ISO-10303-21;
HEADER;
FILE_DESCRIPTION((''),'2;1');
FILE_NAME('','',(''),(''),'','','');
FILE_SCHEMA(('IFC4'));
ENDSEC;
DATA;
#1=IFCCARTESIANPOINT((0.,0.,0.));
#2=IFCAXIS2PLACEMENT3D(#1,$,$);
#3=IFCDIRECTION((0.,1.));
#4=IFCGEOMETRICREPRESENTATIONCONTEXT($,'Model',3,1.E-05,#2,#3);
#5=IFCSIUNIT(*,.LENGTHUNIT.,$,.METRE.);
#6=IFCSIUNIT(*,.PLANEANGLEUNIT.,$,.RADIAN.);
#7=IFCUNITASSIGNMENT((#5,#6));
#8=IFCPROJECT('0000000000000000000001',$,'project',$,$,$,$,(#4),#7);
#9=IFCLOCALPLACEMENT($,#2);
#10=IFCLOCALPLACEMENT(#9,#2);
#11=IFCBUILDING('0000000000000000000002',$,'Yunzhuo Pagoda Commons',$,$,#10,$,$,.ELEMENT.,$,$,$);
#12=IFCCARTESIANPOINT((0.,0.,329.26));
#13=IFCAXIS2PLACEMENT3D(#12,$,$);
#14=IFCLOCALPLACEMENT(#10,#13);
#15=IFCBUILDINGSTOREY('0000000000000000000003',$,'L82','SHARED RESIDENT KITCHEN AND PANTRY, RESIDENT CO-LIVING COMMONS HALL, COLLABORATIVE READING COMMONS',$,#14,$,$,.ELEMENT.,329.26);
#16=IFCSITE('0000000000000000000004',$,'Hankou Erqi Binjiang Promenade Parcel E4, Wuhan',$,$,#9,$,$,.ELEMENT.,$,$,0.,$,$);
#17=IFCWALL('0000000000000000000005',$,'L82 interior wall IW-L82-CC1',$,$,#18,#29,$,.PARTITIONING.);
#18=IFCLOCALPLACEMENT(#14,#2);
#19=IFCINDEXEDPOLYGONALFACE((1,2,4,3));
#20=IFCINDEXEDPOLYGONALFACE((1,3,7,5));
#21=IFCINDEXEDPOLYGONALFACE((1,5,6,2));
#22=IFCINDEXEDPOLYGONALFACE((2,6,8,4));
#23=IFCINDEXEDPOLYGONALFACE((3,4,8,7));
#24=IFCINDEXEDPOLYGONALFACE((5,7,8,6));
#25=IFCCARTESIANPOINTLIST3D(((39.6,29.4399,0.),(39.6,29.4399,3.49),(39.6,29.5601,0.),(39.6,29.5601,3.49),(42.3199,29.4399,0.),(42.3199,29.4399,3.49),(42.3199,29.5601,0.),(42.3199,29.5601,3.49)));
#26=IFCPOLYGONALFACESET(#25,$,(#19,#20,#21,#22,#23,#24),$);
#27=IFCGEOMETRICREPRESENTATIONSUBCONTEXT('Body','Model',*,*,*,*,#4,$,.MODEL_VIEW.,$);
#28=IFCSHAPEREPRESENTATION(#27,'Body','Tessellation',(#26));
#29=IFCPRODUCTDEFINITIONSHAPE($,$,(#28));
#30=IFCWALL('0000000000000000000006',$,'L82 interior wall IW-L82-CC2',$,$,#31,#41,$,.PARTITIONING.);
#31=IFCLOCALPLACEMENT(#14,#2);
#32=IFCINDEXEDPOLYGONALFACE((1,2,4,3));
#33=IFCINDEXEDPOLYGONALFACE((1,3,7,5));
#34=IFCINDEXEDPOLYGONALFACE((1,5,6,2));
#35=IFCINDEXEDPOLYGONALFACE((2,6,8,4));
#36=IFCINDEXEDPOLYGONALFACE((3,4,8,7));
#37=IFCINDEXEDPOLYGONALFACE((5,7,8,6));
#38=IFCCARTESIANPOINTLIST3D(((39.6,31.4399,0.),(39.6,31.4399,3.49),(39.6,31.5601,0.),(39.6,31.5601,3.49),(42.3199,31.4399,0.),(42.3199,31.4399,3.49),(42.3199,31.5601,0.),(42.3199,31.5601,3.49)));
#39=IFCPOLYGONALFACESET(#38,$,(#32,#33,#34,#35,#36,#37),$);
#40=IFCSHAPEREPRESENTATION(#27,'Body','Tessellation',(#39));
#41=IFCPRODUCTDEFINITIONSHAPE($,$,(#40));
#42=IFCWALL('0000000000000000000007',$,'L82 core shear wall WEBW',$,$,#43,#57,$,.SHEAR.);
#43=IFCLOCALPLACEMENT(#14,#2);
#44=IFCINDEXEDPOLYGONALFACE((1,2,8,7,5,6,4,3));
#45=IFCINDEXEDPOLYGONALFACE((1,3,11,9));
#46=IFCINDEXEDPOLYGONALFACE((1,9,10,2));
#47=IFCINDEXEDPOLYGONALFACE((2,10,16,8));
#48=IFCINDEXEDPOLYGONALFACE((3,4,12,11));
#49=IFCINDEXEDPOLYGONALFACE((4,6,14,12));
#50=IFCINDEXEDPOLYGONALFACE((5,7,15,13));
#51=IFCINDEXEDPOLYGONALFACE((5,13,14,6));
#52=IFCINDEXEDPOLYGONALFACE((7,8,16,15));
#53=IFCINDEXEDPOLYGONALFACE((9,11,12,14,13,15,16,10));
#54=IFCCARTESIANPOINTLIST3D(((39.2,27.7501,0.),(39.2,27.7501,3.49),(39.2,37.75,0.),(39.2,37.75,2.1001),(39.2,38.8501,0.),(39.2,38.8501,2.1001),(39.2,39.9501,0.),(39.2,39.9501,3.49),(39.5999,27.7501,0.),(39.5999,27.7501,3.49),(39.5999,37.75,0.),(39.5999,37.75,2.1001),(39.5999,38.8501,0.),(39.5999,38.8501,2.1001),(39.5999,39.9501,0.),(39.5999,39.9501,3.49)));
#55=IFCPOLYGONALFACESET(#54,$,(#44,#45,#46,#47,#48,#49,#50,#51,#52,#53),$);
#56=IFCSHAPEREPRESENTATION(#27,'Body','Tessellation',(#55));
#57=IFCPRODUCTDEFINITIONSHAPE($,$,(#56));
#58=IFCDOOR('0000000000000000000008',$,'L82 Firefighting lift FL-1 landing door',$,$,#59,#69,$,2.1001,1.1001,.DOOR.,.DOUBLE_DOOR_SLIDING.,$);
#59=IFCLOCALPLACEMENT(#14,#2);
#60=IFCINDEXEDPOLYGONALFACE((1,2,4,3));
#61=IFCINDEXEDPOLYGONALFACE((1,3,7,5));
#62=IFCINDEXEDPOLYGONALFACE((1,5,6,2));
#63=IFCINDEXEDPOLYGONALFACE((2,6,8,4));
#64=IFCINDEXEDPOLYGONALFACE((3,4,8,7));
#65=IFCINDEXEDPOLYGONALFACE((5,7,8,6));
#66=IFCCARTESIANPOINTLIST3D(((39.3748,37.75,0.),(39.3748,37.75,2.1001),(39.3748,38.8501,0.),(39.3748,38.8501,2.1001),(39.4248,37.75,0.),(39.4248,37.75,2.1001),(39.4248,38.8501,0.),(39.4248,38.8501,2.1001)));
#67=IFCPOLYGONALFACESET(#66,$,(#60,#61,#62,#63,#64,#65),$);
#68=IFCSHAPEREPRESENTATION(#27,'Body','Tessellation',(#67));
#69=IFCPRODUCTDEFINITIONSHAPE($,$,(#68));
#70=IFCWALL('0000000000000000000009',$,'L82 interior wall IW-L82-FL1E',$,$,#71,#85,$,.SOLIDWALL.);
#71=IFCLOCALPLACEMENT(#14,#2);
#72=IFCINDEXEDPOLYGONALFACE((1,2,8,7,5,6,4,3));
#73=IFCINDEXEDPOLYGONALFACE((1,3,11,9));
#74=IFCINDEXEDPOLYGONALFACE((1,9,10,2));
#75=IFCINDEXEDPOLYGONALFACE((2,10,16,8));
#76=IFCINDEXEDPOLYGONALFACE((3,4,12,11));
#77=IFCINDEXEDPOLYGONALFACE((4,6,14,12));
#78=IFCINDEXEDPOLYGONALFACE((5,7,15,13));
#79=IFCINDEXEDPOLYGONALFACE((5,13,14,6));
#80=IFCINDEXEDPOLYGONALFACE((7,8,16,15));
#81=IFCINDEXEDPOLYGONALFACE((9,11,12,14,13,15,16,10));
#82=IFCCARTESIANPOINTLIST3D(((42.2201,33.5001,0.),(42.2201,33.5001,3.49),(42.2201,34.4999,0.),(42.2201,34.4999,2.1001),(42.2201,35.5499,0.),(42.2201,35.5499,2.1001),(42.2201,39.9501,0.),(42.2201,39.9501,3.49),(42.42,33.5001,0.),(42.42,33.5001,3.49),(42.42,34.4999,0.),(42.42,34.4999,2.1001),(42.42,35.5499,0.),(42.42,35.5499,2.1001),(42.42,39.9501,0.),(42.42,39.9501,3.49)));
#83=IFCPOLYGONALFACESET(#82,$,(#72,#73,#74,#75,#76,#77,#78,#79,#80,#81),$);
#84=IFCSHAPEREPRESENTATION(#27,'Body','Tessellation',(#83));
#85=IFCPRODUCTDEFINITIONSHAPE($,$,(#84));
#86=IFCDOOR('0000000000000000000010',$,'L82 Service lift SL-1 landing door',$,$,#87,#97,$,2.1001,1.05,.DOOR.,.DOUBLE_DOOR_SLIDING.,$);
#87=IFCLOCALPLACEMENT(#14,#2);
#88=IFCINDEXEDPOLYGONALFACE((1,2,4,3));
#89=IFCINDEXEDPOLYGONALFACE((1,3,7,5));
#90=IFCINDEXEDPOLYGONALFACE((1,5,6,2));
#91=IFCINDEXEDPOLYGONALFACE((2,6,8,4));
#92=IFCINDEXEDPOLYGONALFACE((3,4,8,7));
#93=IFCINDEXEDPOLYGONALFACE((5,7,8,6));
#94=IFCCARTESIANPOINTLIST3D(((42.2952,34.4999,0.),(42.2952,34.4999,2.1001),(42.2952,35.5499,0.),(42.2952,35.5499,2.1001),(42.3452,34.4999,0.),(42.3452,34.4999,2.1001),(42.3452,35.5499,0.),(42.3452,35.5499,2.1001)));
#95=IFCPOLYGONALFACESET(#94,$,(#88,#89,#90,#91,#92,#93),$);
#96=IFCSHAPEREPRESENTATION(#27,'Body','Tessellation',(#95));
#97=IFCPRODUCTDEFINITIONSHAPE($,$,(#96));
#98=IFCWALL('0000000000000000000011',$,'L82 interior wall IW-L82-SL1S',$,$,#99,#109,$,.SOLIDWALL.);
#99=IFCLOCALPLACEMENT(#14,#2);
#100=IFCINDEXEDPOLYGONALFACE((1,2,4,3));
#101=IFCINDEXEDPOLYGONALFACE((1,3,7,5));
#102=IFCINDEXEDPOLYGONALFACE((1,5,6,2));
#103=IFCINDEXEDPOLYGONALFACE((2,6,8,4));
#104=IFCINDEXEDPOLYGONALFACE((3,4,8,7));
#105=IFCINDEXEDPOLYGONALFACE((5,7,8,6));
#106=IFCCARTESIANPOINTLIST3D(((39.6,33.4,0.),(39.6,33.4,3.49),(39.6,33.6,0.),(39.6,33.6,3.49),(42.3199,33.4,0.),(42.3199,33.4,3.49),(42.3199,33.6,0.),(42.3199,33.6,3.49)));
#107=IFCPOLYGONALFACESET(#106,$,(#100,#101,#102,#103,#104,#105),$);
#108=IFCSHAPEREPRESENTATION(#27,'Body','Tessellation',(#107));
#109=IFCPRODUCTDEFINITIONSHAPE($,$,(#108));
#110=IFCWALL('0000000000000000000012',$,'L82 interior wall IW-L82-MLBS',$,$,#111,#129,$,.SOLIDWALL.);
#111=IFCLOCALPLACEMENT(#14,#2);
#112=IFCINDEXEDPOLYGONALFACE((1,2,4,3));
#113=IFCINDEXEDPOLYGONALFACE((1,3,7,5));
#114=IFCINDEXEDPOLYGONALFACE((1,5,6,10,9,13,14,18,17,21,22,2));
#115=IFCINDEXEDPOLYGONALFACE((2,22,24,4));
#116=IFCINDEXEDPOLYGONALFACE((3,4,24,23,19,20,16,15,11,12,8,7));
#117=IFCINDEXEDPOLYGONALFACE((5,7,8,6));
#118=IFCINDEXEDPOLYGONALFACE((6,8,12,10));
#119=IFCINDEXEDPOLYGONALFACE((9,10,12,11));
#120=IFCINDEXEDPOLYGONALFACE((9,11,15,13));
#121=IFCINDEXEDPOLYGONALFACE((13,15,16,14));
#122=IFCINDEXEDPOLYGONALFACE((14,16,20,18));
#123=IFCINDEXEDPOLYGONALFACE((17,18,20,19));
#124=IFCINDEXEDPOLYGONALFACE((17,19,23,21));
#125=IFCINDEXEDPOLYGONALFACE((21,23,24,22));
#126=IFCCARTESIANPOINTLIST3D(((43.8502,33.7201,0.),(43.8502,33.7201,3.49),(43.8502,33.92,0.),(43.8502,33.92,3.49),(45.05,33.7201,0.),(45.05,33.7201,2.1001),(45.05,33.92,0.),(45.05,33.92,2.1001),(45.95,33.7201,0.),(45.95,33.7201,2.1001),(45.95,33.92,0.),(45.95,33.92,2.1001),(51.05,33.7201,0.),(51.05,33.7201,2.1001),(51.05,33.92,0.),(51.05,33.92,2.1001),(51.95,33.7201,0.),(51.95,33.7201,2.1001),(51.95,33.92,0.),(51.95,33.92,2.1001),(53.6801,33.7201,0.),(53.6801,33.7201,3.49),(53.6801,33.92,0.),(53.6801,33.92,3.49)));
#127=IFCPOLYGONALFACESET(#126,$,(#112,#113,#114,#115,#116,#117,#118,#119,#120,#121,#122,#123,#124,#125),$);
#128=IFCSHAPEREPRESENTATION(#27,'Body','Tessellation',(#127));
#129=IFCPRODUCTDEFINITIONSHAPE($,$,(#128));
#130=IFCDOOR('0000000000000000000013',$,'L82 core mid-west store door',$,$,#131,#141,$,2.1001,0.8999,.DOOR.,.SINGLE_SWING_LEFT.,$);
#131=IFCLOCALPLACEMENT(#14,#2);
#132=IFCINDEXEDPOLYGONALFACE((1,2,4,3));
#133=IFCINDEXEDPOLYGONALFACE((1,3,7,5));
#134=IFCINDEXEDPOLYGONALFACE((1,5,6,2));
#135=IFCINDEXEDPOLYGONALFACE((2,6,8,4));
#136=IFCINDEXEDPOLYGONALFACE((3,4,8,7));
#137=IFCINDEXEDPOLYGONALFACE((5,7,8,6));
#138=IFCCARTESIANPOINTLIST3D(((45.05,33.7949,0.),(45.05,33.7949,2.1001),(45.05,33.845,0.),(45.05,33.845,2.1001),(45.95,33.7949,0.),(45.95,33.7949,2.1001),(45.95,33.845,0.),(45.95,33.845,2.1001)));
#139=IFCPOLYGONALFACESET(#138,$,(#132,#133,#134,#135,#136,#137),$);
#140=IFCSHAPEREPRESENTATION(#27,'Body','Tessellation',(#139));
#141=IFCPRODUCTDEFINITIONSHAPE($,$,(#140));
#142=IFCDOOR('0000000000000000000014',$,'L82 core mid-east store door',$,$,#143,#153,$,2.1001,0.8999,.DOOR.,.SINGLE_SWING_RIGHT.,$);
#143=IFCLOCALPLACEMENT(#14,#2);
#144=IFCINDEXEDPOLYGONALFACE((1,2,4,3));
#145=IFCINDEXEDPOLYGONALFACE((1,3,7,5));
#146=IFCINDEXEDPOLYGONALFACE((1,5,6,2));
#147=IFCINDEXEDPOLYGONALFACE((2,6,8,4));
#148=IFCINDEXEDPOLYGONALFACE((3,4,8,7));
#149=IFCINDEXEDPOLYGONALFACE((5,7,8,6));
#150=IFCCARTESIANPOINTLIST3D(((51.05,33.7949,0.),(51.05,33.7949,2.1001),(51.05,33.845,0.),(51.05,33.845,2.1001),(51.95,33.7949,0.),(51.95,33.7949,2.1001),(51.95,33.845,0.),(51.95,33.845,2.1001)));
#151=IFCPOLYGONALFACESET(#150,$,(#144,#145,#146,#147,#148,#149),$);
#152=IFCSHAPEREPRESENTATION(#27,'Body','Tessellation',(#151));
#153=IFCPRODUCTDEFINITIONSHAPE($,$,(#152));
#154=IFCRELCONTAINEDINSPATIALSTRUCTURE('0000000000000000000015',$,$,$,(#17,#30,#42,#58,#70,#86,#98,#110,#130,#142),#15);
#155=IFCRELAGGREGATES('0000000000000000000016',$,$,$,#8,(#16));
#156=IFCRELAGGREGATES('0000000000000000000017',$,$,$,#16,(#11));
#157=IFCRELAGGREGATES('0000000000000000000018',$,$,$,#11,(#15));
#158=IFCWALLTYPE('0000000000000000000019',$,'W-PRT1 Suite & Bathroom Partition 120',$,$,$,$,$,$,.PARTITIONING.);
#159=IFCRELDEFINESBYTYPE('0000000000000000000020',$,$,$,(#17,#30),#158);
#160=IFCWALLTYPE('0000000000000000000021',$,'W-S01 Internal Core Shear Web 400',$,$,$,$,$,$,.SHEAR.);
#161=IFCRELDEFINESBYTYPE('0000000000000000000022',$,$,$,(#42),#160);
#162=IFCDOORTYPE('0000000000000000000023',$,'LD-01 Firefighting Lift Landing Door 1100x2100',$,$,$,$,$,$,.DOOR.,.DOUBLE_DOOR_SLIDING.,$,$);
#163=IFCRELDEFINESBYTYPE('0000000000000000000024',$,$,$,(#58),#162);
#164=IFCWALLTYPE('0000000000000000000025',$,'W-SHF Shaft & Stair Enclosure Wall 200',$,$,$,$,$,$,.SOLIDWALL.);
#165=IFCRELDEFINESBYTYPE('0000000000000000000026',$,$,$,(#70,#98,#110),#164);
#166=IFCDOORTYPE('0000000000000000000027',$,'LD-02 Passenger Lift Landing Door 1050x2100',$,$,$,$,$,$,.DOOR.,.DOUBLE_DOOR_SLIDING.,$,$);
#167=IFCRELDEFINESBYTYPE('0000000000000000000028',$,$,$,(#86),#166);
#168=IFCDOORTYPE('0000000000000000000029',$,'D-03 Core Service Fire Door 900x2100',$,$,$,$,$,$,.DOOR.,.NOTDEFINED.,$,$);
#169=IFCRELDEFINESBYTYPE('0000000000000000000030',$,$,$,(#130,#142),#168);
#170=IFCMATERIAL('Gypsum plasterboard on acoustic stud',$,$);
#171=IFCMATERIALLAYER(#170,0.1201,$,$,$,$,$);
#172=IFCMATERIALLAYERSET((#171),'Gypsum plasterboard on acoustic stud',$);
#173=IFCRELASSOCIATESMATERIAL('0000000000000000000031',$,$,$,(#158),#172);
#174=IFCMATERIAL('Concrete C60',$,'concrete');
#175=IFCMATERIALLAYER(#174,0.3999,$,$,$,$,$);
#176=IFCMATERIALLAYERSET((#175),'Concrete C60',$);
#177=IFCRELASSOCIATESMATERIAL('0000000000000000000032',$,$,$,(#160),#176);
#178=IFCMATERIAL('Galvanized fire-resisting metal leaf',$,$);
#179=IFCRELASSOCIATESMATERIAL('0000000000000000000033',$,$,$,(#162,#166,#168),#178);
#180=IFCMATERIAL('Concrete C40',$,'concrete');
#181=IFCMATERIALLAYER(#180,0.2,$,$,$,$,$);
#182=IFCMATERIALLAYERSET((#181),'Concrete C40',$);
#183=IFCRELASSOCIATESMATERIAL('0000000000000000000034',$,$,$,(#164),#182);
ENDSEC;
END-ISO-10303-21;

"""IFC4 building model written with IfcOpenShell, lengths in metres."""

from ifc_helpers import new_model, si_unit, direction, frame, frame_2d, origin, origin_with_axes, place, context, subcontext, project, spatial, rectangle, extrude, source, transform, mapped, material, layer, layer_set, type_object, element, fill, save


model = new_model("IFC4")

# Units and contexts
model_context = context("Model", 3, precision=1e-05, world=origin(), true_north=direction((0.0, 1.0)))
body_context = subcontext(model_context, "Body", "Model", "MODEL_VIEW")
ifc_project = project(units=[si_unit("LENGTHUNIT", "METRE"), si_unit("PLANEANGLEUNIT", "RADIAN")], contexts=[model_context])

# Site, building, storey
site_placement = place(None, origin())
site = spatial("IfcSite", under=ifc_project, at=site_placement, Name="Hankou Erqi Binjiang Promenade Parcel E4, Wuhan", CompositionType="ELEMENT", RefElevation=0.0)
building_placement = place(site_placement, origin())
building = spatial("IfcBuilding", under=site, at=building_placement, Name="Yunzhuo Pagoda Commons", CompositionType="ELEMENT")
storey_placement = place(building_placement, frame((0.0, 0.0, 329.26)))
storey = spatial("IfcBuildingStorey", under=building, at=storey_placement, Name="L82", Description="SHARED RESIDENT KITCHEN AND PANTRY, RESIDENT CO-LIVING COMMONS HALL, COLLABORATIVE READING COMMONS", CompositionType="ELEMENT", Elevation=329.26)

# Walls
ifc_material_1 = material(Name="Gypsum plasterboard on acoustic stud")
ifc_layer_1 = layer(ifc_material_1, 0.1201)
ifc_layer_set_1 = layer_set([ifc_layer_1], Name="Gypsum plasterboard on acoustic stud")
wall_type_1 = type_object("IfcWallType", Name="W-PRT1 Suite & Bathroom Partition 120", PredefinedType="PARTITIONING", material=ifc_layer_set_1)
for number, where, z_axis, x_axis, name in (
    (1, (39.6001, 29.5, 0.0), (0.0, 0.0, 1.0), (1.0, 0.0, 0.0), "L82 interior wall IW-L82-CC1"),
    (2, (39.6001, 31.5, 0.0), (0.0, 0.0, 1.0), (1.0, 0.0, 0.0), "L82 interior wall IW-L82-CC2"),
):
    element("IfcWall", number, at=place(storey_placement, frame(where, z_axis=z_axis, x_axis=x_axis)), inside=storey, type_object=wall_type_1, Name=name, PredefinedType="PARTITIONING", context=body_context, shape_type="SweptSolid", body=[
        extrude(rectangle(XDim=2.72, YDim=0.1201, at=frame_2d((1.3599, 0.0))), origin(), (0.0, 0.0, 1.0), 3.49),
    ])

# Walls, openings, doors
ifc_material_2 = material(Name="Concrete C60", Category="concrete")
ifc_layer_2 = layer(ifc_material_2, 0.3999)
ifc_layer_set_2 = layer_set([ifc_layer_2], Name="Concrete C60")
wall_type_2 = type_object("IfcWallType", Name="W-S01 Internal Core Shear Web 400", PredefinedType="SHEAR", material=ifc_layer_set_2)
wall_1_placement = place(storey_placement, frame((39.3999, 27.75, 0.0), z_axis=(0.0, 0.0, 1.0), x_axis=(0.0, 1.0, 0.0)))
wall_1 = element("IfcWall", 3, at=wall_1_placement, inside=storey, type_object=wall_type_2, Name="L82 core shear wall WEBW", PredefinedType="SHEAR", context=body_context, shape_type="SweptSolid", body=[
    extrude(rectangle(XDim=12.2, YDim=0.3999, at=frame_2d((6.1001, 0.0))), origin(), (0.0, 0.0, 1.0), 3.49),
])
opening_1_placement = place(wall_1_placement, frame((10.0, 0.0, 0.0)))
opening_1 = element("IfcOpeningElement", 4, at=opening_1_placement, cuts=wall_1, PredefinedType="OPENING", context=body_context, shape_type="SweptSolid", body=[
    extrude(rectangle(XDim=1.1001, YDim=2.1001, at=frame_2d((0.55, 1.05))), frame((0.0, 0.21, 0.0), z_axis=(0.0, -1.0, 0.0), x_axis=(1.0, 0.0, 0.0)), (0.0, 0.0, 1.0), 0.4199),
])
ifc_material_3 = material(Name="Galvanized fire-resisting metal leaf")
door_type_1 = type_object("IfcDoorType", Name="LD-01 Firefighting Lift Landing Door 1100x2100", OperationType="DOUBLE_DOOR_SLIDING", PredefinedType="DOOR", material=ifc_material_3)
shared_shape_1 = source(origin(), body_context, "Body", "SweptSolid", [
    extrude(rectangle(XDim=1.1001, YDim=2.1001, at=frame_2d((0.55, 1.05))), frame((0.0, 0.0249, 0.0), z_axis=(0.0, -1.0, 0.0), x_axis=(1.0, 0.0, 0.0)), (0.0, 0.0, 1.0), 0.05),
])
door_1_placement = place(opening_1_placement, frame((1.1001, 0.0, 0.0), z_axis=(0.0, 0.0, 1.0), x_axis=(-1.0, 0.0, 0.0)))
door_1 = element("IfcDoor", 5, at=door_1_placement, inside=storey, type_object=door_type_1, Name="L82 Firefighting lift FL-1 landing door", OperationType="DOUBLE_DOOR_SLIDING", OverallHeight=2.1001, OverallWidth=1.1001, PredefinedType="DOOR", context=body_context, shape_type="MappedRepresentation", body=[
    mapped(shared_shape_1, transform((0.0, 0.0, 0.0), scale=1.0)),
])
fill(opening_1, door_1)
ifc_material_4 = material(Name="Concrete C40", Category="concrete")
ifc_layer_3 = layer(ifc_material_4, 0.2)
ifc_layer_set_3 = layer_set([ifc_layer_3], Name="Concrete C40")
wall_type_3 = type_object("IfcWallType", Name="W-SHF Shaft & Stair Enclosure Wall 200", PredefinedType="SOLIDWALL", material=ifc_layer_set_3)
wall_2_placement = place(storey_placement, frame((42.3201, 33.5, 0.0), z_axis=(0.0, 0.0, 1.0), x_axis=(0.0, 1.0, 0.0)))
wall_2 = element("IfcWall", 6, at=wall_2_placement, inside=storey, type_object=wall_type_3, Name="L82 interior wall IW-L82-FL1E", PredefinedType="SOLIDWALL", context=body_context, shape_type="SweptSolid", body=[
    extrude(rectangle(XDim=6.45, YDim=0.2, at=frame_2d((3.2251, 0.0))), origin(), (0.0, 0.0, 1.0), 3.49),
])
opening_2_placement = place(wall_2_placement, frame((1.0, 0.0, 0.0)))
opening_2 = element("IfcOpeningElement", 7, at=opening_2_placement, cuts=wall_2, PredefinedType="OPENING", context=body_context, shape_type="SweptSolid", body=[
    extrude(rectangle(XDim=1.05, YDim=2.1001, at=frame_2d((0.5249, 1.05))), frame((0.0, 0.1099, 0.0), z_axis=(0.0, -1.0, 0.0), x_axis=(1.0, 0.0, 0.0)), (0.0, 0.0, 1.0), 0.22),
])
door_type_2 = type_object("IfcDoorType", Name="LD-02 Passenger Lift Landing Door 1050x2100", OperationType="DOUBLE_DOOR_SLIDING", PredefinedType="DOOR", material=ifc_material_3)
shared_shape_2 = source(origin(), body_context, "Body", "SweptSolid", [
    extrude(rectangle(XDim=1.05, YDim=2.1001, at=frame_2d((0.5249, 1.05))), frame((0.0, 0.0249, 0.0), z_axis=(0.0, -1.0, 0.0), x_axis=(1.0, 0.0, 0.0)), (0.0, 0.0, 1.0), 0.05),
])
door_2_placement = place(opening_2_placement, origin_with_axes())
door_2 = element("IfcDoor", 8, at=door_2_placement, inside=storey, type_object=door_type_2, Name="L82 Service lift SL-1 landing door", OperationType="DOUBLE_DOOR_SLIDING", OverallHeight=2.1001, OverallWidth=1.05, PredefinedType="DOOR", context=body_context, shape_type="MappedRepresentation", body=[
    mapped(shared_shape_2, transform((0.0, 0.0, 0.0), scale=1.0)),
])
fill(opening_2, door_2)

# Wall
wall_3_placement = place(storey_placement, frame((39.6001, 33.5, 0.0), z_axis=(0.0, 0.0, 1.0), x_axis=(1.0, 0.0, 0.0)))
element("IfcWall", 9, at=wall_3_placement, inside=storey, type_object=wall_type_3, Name="L82 interior wall IW-L82-SL1S", PredefinedType="SOLIDWALL", context=body_context, shape_type="SweptSolid", body=[
    extrude(rectangle(XDim=2.72, YDim=0.2, at=frame_2d((1.3599, 0.0))), origin(), (0.0, 0.0, 1.0), 3.49),
])

# Wall, openings, doors
wall_4_placement = place(storey_placement, frame((43.8501, 33.8201, 0.0), z_axis=(0.0, 0.0, 1.0), x_axis=(1.0, 0.0, 0.0)))
wall_4 = element("IfcWall", 10, at=wall_4_placement, inside=storey, type_object=wall_type_3, Name="L82 interior wall IW-L82-MLBS", PredefinedType="SOLIDWALL", context=body_context, shape_type="SweptSolid", body=[
    extrude(rectangle(XDim=9.8298, YDim=0.2, at=frame_2d((4.915, 0.0))), origin(), (0.0, 0.0, 1.0), 3.49),
])
opening_3_placement = place(wall_4_placement, frame((1.2, 0.0, 0.0)))
opening_3 = element("IfcOpeningElement", 11, at=opening_3_placement, cuts=wall_4, PredefinedType="OPENING", context=body_context, shape_type="SweptSolid", body=[
    extrude(rectangle(XDim=0.8999, YDim=2.1001, at=frame_2d((0.45, 1.05))), frame((0.0, 0.1099, 0.0), z_axis=(0.0, -1.0, 0.0), x_axis=(1.0, 0.0, 0.0)), (0.0, 0.0, 1.0), 0.22),
])
opening_4_placement = place(wall_4_placement, frame((7.2, 0.0, 0.0)))
opening_4 = element("IfcOpeningElement", 12, at=opening_4_placement, cuts=wall_4, PredefinedType="OPENING", context=body_context, shape_type="SweptSolid", body=[
    extrude(rectangle(XDim=0.8999, YDim=2.1001, at=frame_2d((0.45, 1.05))), frame((0.0, 0.1099, 0.0), z_axis=(0.0, -1.0, 0.0), x_axis=(1.0, 0.0, 0.0)), (0.0, 0.0, 1.0), 0.22),
])
door_type_3 = type_object("IfcDoorType", Name="D-03 Core Service Fire Door 900x2100", OperationType="NOTDEFINED", PredefinedType="DOOR", material=ifc_material_3)
shared_shape_3 = source(origin(), body_context, "Body", "SweptSolid", [
    extrude(rectangle(XDim=0.8999, YDim=2.1001, at=frame_2d((0.45, 1.05))), frame((0.0, 0.0249, 0.0), z_axis=(0.0, -1.0, 0.0), x_axis=(1.0, 0.0, 0.0)), (0.0, 0.0, 1.0), 0.05),
])
door_3_placement = place(opening_3_placement, origin_with_axes())
door_3 = element("IfcDoor", 13, at=door_3_placement, inside=storey, type_object=door_type_3, Name="L82 core mid-west store door", OperationType="SINGLE_SWING_LEFT", OverallHeight=2.1001, OverallWidth=0.8999, PredefinedType="DOOR", context=body_context, shape_type="MappedRepresentation", body=[
    mapped(shared_shape_3, transform((0.0, 0.0, 0.0), scale=1.0)),
])
fill(opening_3, door_3)
door_4_placement = place(opening_4_placement, origin_with_axes())
door_4 = element("IfcDoor", 14, at=door_4_placement, inside=storey, type_object=door_type_3, Name="L82 core mid-east store door", OperationType="SINGLE_SWING_RIGHT", OverallHeight=2.1001, OverallWidth=0.8999, PredefinedType="DOOR", context=body_context, shape_type="MappedRepresentation", body=[
    mapped(shared_shape_3, transform((0.0, 0.0, 0.0), scale=1.0)),
])
fill(opening_4, door_4)

save(model, "model.ifc")
